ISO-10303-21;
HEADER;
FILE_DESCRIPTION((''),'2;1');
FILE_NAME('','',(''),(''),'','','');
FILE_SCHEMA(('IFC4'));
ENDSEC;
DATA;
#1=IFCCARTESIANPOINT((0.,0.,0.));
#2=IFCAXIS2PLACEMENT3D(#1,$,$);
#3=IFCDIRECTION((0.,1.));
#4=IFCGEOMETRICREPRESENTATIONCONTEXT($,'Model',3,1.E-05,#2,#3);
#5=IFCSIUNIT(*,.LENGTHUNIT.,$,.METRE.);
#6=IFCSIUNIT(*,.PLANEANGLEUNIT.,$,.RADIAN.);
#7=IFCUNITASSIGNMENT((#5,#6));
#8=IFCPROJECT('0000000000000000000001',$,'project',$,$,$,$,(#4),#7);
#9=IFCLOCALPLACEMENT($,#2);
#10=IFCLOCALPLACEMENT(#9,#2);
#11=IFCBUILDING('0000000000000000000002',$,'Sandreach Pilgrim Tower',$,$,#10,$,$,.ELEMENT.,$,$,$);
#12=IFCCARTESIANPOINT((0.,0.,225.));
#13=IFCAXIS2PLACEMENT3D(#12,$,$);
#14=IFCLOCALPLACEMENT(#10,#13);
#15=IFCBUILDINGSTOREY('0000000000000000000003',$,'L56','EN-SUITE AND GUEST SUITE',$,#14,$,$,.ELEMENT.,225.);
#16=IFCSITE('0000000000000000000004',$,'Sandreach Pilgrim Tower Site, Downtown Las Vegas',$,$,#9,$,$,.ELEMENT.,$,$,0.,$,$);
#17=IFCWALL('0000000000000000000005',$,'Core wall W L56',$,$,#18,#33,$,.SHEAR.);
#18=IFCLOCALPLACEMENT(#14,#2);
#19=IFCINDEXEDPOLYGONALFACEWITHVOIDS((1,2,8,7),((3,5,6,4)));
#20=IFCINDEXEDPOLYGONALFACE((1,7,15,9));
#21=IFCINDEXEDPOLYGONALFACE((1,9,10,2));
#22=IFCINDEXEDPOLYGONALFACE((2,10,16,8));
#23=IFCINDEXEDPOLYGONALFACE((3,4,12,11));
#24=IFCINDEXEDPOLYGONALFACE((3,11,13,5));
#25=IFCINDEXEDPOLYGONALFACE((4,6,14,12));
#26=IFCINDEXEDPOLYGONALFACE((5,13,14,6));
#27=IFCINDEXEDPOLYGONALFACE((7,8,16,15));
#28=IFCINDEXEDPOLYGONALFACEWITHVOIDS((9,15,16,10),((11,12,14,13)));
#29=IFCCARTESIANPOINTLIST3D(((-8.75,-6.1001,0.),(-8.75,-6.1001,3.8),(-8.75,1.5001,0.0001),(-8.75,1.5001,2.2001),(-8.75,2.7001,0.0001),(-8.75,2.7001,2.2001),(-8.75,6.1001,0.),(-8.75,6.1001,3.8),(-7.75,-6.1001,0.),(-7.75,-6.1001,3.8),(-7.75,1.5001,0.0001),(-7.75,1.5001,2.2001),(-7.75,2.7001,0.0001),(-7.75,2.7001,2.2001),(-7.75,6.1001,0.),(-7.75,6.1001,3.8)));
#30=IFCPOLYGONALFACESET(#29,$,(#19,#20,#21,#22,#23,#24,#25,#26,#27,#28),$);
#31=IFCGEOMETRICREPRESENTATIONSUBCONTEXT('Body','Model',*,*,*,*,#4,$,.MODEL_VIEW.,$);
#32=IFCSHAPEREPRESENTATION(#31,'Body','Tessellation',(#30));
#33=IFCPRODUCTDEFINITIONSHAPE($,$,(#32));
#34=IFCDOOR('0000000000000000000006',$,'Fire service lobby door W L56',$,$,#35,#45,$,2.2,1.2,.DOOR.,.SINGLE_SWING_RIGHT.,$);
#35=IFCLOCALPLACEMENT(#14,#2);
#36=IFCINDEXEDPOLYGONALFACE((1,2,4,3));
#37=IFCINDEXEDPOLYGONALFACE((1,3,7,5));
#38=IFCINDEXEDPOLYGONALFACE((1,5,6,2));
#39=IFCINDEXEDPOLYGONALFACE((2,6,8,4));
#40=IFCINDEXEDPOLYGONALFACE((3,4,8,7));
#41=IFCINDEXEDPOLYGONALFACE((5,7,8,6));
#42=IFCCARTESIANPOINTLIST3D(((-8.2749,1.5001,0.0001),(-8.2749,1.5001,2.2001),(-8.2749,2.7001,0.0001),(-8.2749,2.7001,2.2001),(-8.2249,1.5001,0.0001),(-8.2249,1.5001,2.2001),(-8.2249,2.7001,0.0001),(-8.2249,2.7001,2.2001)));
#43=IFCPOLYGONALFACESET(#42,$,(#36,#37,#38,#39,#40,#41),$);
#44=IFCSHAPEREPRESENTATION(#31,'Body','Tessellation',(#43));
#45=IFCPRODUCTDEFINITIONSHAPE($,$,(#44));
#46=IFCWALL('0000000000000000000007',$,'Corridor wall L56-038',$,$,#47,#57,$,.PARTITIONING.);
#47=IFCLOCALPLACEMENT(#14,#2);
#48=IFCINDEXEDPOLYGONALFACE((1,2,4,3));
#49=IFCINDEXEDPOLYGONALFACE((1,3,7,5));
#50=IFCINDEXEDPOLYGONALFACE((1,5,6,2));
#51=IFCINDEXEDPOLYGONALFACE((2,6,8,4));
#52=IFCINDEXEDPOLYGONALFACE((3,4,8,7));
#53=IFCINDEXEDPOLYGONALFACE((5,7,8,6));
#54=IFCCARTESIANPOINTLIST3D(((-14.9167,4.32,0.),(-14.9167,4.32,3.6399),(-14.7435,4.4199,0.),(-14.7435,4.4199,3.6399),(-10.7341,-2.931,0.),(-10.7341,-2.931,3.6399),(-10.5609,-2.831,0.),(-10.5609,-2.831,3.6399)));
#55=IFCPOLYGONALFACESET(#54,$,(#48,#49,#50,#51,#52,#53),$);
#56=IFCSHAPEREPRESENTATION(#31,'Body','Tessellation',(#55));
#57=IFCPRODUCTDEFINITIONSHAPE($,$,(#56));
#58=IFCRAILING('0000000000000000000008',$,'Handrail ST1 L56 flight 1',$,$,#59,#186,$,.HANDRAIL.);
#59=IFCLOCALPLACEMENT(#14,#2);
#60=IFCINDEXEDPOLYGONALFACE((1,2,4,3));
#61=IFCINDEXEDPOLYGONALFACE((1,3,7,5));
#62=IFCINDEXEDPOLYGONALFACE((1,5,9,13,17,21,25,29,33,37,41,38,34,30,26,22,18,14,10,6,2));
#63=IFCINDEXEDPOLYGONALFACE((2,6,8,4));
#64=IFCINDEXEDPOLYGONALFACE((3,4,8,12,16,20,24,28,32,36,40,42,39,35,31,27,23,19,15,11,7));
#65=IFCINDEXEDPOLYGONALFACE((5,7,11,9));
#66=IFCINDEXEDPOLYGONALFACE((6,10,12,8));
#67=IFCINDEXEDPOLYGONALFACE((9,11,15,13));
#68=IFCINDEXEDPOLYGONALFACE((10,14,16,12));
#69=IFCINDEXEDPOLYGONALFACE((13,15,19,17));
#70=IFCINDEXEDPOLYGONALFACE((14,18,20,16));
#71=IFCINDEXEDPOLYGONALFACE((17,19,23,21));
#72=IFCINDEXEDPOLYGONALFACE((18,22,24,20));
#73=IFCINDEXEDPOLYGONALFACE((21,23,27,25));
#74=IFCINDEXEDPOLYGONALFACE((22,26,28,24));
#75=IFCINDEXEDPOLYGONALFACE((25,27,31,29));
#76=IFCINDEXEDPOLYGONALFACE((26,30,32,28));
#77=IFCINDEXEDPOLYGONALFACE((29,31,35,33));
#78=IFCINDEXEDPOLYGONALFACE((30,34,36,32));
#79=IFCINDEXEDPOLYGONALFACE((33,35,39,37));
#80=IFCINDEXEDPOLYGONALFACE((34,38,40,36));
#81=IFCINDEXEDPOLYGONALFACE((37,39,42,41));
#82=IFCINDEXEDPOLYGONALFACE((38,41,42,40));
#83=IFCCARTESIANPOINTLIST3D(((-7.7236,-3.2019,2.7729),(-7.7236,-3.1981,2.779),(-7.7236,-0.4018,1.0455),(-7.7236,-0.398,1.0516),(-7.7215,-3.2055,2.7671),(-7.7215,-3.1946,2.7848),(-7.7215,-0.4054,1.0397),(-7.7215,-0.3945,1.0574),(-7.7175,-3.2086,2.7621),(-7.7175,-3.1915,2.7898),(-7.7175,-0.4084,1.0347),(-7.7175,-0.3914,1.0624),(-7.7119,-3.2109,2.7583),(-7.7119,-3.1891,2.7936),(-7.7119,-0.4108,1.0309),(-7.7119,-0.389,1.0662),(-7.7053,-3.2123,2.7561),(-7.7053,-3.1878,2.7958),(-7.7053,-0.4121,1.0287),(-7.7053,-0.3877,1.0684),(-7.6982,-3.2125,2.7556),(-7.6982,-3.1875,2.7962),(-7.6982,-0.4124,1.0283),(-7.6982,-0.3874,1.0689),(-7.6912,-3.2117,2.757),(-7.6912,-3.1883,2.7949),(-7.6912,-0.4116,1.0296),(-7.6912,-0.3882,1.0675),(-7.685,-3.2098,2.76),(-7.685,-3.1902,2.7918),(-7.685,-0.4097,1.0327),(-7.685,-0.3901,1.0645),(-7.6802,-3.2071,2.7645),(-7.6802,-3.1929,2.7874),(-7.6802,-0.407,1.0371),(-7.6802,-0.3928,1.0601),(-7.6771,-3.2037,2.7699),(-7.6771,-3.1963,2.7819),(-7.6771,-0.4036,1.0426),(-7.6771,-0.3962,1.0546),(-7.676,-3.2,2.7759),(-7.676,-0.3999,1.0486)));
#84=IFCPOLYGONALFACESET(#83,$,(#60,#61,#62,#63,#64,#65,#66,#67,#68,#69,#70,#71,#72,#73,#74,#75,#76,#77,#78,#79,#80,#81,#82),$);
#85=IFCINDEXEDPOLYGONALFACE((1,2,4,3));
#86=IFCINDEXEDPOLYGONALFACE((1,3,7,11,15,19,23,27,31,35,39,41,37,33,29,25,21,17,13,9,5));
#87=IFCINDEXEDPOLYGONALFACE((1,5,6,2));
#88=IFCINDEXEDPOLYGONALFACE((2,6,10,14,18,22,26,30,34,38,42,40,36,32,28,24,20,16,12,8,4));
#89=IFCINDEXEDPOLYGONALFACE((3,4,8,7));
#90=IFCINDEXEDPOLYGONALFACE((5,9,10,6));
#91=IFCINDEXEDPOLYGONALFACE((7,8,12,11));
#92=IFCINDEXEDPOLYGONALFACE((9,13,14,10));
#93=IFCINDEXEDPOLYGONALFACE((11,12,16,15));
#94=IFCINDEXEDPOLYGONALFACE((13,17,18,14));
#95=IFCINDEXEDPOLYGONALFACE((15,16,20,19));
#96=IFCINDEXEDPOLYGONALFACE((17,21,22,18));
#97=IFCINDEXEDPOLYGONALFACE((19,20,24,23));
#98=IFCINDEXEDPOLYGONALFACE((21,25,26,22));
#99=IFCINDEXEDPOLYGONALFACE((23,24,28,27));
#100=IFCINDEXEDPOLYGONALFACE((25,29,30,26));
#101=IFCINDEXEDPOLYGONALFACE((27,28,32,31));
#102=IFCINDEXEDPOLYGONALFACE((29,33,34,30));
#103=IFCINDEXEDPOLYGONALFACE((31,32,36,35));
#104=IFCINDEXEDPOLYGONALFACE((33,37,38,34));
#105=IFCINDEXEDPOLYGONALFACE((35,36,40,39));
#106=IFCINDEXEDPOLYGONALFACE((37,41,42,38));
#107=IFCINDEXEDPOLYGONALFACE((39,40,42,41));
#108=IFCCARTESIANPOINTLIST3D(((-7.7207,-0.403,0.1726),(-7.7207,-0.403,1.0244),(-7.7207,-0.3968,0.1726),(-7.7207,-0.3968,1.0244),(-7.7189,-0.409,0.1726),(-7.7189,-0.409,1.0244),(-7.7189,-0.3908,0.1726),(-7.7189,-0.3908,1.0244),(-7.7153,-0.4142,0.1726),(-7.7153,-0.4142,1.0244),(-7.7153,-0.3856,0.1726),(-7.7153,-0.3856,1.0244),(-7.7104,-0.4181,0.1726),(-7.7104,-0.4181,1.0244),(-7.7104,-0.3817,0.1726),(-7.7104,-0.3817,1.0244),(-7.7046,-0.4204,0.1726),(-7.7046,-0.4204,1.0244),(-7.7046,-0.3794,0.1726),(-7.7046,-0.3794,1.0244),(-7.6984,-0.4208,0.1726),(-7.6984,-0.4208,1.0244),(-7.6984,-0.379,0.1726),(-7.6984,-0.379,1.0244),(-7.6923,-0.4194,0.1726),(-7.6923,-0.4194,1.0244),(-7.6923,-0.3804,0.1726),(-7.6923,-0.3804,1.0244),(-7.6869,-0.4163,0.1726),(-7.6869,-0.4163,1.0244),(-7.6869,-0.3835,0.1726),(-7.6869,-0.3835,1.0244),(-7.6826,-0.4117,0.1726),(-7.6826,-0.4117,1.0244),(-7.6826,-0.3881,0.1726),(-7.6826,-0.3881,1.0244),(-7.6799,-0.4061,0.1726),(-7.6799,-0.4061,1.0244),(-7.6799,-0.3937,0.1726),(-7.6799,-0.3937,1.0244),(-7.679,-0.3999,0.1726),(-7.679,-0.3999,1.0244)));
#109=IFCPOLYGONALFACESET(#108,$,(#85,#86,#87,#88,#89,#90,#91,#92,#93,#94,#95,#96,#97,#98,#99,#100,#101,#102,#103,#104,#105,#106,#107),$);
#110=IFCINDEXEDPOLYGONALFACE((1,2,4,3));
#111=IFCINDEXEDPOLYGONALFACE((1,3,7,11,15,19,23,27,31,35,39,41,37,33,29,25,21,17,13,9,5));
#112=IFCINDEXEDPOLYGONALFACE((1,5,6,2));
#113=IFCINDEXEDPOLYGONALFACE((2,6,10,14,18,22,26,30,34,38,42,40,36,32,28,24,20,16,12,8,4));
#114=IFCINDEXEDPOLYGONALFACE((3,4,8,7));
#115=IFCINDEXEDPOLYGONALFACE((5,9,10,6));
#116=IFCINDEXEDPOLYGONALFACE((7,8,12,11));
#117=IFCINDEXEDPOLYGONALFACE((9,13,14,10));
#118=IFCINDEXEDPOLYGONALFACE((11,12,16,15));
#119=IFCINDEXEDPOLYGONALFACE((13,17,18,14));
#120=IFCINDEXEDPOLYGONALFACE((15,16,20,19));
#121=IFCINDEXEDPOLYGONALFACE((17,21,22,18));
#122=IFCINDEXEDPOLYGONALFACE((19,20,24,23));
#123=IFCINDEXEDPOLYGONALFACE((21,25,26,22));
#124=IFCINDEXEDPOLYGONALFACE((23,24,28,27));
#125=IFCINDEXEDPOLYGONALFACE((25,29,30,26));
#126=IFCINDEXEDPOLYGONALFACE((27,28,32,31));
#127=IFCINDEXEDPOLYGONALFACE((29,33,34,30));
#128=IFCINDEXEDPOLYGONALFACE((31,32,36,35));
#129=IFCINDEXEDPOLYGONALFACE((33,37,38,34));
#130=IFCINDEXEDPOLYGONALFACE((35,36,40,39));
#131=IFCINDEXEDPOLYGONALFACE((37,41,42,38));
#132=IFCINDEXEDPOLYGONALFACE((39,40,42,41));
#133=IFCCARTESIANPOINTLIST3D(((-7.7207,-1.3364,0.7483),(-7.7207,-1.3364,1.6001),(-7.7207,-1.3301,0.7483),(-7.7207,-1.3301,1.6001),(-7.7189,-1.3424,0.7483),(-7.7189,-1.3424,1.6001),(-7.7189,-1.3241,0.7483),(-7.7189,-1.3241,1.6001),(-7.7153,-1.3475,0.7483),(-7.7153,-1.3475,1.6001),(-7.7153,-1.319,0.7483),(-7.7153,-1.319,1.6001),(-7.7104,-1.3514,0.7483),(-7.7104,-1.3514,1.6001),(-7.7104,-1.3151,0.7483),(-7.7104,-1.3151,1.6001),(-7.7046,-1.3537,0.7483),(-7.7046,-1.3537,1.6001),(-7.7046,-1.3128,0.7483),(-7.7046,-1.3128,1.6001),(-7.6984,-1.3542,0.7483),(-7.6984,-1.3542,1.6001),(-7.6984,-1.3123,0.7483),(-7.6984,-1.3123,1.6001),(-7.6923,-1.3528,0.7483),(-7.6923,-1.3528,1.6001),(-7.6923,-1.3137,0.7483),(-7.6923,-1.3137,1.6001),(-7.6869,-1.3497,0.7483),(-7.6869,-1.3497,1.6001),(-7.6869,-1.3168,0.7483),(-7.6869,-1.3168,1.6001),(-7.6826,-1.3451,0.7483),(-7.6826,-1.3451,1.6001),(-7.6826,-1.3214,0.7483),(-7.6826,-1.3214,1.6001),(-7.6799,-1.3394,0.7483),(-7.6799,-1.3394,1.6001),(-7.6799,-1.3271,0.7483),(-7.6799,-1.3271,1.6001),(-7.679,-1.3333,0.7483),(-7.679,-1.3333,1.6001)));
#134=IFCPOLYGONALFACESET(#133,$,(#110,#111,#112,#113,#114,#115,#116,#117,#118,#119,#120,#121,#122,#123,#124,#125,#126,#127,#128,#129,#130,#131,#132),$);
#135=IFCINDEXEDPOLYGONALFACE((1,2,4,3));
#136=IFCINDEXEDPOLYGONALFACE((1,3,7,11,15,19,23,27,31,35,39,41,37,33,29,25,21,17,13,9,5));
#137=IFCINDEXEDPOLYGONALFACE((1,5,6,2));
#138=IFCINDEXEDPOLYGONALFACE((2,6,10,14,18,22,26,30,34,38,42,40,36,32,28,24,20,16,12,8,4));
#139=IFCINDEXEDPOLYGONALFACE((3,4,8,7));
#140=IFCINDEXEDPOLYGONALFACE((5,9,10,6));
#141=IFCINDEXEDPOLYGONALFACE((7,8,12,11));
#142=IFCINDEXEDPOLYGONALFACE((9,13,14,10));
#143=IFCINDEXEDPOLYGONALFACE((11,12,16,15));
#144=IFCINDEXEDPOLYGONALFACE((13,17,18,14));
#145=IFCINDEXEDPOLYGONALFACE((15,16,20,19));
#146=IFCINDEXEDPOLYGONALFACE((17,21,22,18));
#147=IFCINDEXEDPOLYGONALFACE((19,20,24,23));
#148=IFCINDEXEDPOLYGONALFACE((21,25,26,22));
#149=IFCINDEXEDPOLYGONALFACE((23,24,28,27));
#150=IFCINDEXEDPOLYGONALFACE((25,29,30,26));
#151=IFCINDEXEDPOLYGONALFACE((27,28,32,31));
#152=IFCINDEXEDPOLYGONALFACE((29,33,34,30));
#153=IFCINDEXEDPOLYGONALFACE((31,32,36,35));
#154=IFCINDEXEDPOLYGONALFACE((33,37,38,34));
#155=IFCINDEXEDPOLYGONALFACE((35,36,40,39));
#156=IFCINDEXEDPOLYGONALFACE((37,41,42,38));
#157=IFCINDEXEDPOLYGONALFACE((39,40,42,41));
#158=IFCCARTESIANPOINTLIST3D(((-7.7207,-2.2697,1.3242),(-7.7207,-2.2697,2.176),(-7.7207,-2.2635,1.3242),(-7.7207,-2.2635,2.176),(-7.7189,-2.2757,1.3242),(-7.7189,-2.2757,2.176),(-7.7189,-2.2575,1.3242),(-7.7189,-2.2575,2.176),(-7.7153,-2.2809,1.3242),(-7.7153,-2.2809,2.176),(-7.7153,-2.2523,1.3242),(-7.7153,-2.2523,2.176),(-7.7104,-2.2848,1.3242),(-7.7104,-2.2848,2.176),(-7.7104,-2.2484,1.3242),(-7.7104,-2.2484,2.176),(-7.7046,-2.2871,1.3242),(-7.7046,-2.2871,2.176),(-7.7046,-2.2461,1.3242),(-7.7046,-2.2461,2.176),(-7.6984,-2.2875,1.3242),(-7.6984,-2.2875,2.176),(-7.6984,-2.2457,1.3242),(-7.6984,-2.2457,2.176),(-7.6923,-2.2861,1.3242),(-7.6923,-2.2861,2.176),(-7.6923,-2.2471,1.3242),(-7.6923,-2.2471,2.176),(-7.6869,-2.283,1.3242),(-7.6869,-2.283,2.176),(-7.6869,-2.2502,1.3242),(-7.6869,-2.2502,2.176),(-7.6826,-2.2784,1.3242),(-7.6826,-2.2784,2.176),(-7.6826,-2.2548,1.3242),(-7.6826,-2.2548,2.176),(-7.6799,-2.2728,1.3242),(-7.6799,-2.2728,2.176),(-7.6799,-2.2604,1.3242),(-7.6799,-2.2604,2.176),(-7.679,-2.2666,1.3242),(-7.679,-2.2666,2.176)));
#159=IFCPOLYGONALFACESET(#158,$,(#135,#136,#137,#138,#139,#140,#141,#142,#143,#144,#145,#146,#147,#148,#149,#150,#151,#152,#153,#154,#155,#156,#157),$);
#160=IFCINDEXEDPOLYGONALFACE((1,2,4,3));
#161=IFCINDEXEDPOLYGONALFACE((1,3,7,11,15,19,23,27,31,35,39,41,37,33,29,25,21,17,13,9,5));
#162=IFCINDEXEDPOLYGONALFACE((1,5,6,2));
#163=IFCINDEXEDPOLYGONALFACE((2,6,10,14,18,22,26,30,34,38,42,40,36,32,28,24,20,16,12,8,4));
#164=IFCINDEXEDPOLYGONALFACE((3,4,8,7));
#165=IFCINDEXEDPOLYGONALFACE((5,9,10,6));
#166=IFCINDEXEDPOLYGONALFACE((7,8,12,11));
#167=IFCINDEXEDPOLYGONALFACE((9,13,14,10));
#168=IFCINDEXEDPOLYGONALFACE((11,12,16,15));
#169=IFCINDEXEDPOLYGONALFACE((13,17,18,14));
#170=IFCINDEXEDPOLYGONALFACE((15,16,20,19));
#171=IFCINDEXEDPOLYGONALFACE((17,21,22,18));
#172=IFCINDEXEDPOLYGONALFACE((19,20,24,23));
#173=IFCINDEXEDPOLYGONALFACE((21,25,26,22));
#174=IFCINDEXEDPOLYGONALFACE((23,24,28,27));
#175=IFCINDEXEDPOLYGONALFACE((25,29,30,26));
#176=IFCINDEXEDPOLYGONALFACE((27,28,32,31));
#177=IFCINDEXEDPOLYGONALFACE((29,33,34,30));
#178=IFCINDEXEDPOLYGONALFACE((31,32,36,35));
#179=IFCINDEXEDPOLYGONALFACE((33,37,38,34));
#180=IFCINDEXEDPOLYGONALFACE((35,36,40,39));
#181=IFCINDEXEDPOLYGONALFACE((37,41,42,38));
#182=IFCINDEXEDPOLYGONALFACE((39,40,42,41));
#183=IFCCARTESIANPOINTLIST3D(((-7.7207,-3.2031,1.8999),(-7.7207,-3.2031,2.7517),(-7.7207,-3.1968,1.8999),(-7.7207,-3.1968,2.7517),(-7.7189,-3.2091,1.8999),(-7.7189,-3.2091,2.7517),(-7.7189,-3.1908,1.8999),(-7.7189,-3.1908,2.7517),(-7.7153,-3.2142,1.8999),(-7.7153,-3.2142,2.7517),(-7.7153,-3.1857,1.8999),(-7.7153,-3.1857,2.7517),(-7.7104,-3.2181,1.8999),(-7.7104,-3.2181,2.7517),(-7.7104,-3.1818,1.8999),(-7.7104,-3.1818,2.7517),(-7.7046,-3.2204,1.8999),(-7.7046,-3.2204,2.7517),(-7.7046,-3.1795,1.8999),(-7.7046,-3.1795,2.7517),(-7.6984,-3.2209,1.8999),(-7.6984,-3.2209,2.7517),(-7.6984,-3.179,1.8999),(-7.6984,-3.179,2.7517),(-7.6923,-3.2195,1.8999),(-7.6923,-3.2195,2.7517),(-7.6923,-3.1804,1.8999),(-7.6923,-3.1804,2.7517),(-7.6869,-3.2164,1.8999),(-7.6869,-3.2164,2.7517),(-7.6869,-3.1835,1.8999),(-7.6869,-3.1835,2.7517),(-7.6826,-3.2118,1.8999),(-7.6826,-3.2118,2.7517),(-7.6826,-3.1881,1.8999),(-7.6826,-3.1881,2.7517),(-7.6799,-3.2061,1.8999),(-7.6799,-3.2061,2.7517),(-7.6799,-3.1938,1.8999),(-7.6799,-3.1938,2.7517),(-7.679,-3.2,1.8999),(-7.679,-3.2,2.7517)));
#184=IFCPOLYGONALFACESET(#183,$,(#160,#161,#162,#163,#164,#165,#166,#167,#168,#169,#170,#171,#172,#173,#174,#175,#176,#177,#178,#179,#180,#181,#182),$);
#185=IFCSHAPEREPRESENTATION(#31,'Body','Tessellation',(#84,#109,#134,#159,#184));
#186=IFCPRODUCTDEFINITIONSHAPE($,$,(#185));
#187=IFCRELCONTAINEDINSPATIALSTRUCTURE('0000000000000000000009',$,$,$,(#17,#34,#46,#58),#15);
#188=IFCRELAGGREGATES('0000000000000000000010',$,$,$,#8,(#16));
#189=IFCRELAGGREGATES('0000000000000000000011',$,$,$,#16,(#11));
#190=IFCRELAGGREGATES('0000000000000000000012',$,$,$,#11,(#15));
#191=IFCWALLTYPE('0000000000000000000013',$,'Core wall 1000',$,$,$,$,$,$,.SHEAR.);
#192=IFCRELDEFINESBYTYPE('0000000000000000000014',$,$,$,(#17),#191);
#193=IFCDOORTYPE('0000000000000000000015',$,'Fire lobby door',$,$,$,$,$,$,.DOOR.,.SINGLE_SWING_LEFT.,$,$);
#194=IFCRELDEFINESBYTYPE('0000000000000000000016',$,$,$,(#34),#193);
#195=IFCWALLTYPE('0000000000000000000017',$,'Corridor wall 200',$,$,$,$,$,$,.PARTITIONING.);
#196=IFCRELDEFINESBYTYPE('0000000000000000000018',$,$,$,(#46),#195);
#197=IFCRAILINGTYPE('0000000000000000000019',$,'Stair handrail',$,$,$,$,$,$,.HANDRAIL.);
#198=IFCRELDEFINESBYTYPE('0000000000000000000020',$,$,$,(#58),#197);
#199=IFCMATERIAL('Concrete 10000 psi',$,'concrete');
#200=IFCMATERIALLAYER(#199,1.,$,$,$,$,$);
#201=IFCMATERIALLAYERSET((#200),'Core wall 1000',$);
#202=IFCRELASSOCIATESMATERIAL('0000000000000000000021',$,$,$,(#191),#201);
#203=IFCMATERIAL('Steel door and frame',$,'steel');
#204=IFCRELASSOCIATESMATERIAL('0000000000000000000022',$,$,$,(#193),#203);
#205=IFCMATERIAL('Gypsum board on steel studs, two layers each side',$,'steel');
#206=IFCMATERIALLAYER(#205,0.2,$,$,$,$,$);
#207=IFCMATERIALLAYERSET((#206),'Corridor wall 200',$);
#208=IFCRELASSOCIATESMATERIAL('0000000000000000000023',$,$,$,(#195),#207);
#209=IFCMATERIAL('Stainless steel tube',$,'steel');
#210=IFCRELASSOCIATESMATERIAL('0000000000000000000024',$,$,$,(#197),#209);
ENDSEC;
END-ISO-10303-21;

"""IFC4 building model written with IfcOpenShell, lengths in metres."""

from ifc_helpers import new_model, si_unit, direction, frame, frame_2d, origin, origin_2d, place, context, subcontext, project, spatial, rectangle, circle, extrude, material, layer, layer_set, type_object, element, fill, save


model = new_model("IFC4")

# Units and contexts
model_context = context("Model", 3, precision=1e-05, world=origin(), true_north=direction((0.0, 1.0)))
body_context = subcontext(model_context, "Body", "Model", "MODEL_VIEW")
ifc_project = project(units=[si_unit("LENGTHUNIT", "METRE"), si_unit("PLANEANGLEUNIT", "RADIAN")], contexts=[model_context])

# Site, building, storey
site_placement = place(None, origin())
site = spatial("IfcSite", under=ifc_project, at=site_placement, Name="Sandreach Pilgrim Tower Site, Downtown Las Vegas", CompositionType="ELEMENT", RefElevation=0.0)
building_placement = place(site_placement, origin())
building = spatial("IfcBuilding", under=site, at=building_placement, Name="Sandreach Pilgrim Tower", CompositionType="ELEMENT")
storey_placement = place(building_placement, frame((0.0, 0.0, 225.0)))
storey = spatial("IfcBuildingStorey", under=building, at=storey_placement, Name="L56", Description="EN-SUITE AND GUEST SUITE", CompositionType="ELEMENT", Elevation=225.0)

# Shared definitions
ifc_material_1 = material(Name="Concrete 10000 psi", Category="concrete")
ifc_layer_1 = layer(ifc_material_1, 1.0)
ifc_layer_set_1 = layer_set([ifc_layer_1], Name="Core wall 1000")
wall_type_1 = type_object("IfcWallType", Name="Core wall 1000", PredefinedType="SHEAR", material=ifc_layer_set_1)

# Wall, opening, door
wall_1_placement = place(storey_placement, frame((-8.25, -6.1001, 0.0), z_axis=(0.0, 0.0, 1.0), x_axis=(0.0, 1.0, 0.0)))
wall_1 = element("IfcWall", 1, at=wall_1_placement, inside=storey, type_object=wall_type_1, Name="Core wall W L56", PredefinedType="SHEAR", context=body_context, shape_type="SweptSolid", body=[
    extrude(rectangle(XDim=12.2002, YDim=1.0, at=frame_2d((6.1001, 0.0))), origin(), (0.0, 0.0, 1.0), 3.8),
])
opening_1_placement = place(wall_1_placement, frame((7.6001, 0.0, 0.0)))
opening_1 = element("IfcOpeningElement", 2, at=opening_1_placement, cuts=wall_1, PredefinedType="OPENING", context=body_context, shape_type="SweptSolid", body=[
    extrude(rectangle(XDim=1.2, YDim=2.2, at=frame_2d((0.6001, 1.1001))), frame((0.0, 0.5, 0.0), z_axis=(0.0, -1.0, 0.0), x_axis=(1.0, 0.0, 0.0)), (0.0, 0.0, 1.0), 1.0),
])
ifc_material_2 = material(Name="Steel door and frame", Category="steel")
door_type_1 = type_object("IfcDoorType", Name="Fire lobby door", OperationType="SINGLE_SWING_LEFT", PredefinedType="DOOR", material=ifc_material_2)
door_1_placement = place(opening_1_placement, origin())
door_1 = element("IfcDoor", 3, at=door_1_placement, inside=storey, type_object=door_type_1, Name="Fire service lobby door W L56", OperationType="SINGLE_SWING_RIGHT", OverallHeight=2.2, OverallWidth=1.2, PredefinedType="DOOR", context=body_context, shape_type="SweptSolid", body=[
    extrude(rectangle(XDim=1.2, YDim=2.2, at=frame_2d((0.6001, 1.1001))), frame((0.0, 0.0249, 0.0), z_axis=(0.0, -1.0, 0.0), x_axis=(1.0, 0.0, 0.0)), (0.0, 0.0, 1.0), 0.05),
])
fill(opening_1, door_1)

# Wall
ifc_material_3 = material(Name="Gypsum board on steel studs, two layers each side", Category="steel")
ifc_layer_2 = layer(ifc_material_3, 0.2)
ifc_layer_set_2 = layer_set([ifc_layer_2], Name="Corridor wall 200")
wall_type_2 = type_object("IfcWallType", Name="Corridor wall 200", PredefinedType="PARTITIONING", material=ifc_layer_set_2)
wall_2_placement = place(storey_placement, frame((-10.6475, -2.8811, 0.0), z_axis=(0.0, 0.0, 1.0), x_axis=(-0.499665, 0.866219, 0.0)))
element("IfcWall", 4, at=wall_2_placement, inside=storey, type_object=wall_type_2, Name="Corridor wall L56-038", PredefinedType="PARTITIONING", context=body_context, shape_type="SweptSolid", body=[
    extrude(rectangle(XDim=8.3708, YDim=0.2, at=frame_2d((4.1855, 0.0))), origin(), (0.0, 0.0, 1.0), 3.6399),
])

# Railing
ifc_material_4 = material(Name="Stainless steel tube", Category="steel")
railing_type = type_object("IfcRailingType", Name="Stair handrail", PredefinedType="HANDRAIL", material=ifc_material_4)
railing_placement = place(storey_placement, frame((-7.7, -0.3999, 0.1726)))
element("IfcRailing", 5, at=railing_placement, inside=storey, type_object=railing_type, Name="Handrail ST1 L56 flight 1", PredefinedType="HANDRAIL", context=body_context, shape_type="SweptSolid", body=[
    extrude(circle(Radius=0.0239, at=origin_2d()), frame((0.0, 0.0, 0.876), z_axis=(0.0, -0.85109, 0.52502), x_axis=(1.0, 0.0, 0.0)), (0.0, 0.0, 1.0), 3.29),
    extrude(circle(Radius=0.021, at=origin_2d()), origin(), (0.0, 0.0, 1.0), 0.8518),
    extrude(circle(Radius=0.021, at=origin_2d()), frame((0.0, -0.9333, 0.5757)), (0.0, 0.0, 1.0), 0.8518),
    extrude(circle(Radius=0.021, at=origin_2d()), frame((0.0, -1.8667, 1.1516)), (0.0, 0.0, 1.0), 0.8518),
    extrude(circle(Radius=0.021, at=origin_2d()), frame((0.0, -2.8, 1.7273)), (0.0, 0.0, 1.0), 0.8518),
])

save(model, "model.ifc")
